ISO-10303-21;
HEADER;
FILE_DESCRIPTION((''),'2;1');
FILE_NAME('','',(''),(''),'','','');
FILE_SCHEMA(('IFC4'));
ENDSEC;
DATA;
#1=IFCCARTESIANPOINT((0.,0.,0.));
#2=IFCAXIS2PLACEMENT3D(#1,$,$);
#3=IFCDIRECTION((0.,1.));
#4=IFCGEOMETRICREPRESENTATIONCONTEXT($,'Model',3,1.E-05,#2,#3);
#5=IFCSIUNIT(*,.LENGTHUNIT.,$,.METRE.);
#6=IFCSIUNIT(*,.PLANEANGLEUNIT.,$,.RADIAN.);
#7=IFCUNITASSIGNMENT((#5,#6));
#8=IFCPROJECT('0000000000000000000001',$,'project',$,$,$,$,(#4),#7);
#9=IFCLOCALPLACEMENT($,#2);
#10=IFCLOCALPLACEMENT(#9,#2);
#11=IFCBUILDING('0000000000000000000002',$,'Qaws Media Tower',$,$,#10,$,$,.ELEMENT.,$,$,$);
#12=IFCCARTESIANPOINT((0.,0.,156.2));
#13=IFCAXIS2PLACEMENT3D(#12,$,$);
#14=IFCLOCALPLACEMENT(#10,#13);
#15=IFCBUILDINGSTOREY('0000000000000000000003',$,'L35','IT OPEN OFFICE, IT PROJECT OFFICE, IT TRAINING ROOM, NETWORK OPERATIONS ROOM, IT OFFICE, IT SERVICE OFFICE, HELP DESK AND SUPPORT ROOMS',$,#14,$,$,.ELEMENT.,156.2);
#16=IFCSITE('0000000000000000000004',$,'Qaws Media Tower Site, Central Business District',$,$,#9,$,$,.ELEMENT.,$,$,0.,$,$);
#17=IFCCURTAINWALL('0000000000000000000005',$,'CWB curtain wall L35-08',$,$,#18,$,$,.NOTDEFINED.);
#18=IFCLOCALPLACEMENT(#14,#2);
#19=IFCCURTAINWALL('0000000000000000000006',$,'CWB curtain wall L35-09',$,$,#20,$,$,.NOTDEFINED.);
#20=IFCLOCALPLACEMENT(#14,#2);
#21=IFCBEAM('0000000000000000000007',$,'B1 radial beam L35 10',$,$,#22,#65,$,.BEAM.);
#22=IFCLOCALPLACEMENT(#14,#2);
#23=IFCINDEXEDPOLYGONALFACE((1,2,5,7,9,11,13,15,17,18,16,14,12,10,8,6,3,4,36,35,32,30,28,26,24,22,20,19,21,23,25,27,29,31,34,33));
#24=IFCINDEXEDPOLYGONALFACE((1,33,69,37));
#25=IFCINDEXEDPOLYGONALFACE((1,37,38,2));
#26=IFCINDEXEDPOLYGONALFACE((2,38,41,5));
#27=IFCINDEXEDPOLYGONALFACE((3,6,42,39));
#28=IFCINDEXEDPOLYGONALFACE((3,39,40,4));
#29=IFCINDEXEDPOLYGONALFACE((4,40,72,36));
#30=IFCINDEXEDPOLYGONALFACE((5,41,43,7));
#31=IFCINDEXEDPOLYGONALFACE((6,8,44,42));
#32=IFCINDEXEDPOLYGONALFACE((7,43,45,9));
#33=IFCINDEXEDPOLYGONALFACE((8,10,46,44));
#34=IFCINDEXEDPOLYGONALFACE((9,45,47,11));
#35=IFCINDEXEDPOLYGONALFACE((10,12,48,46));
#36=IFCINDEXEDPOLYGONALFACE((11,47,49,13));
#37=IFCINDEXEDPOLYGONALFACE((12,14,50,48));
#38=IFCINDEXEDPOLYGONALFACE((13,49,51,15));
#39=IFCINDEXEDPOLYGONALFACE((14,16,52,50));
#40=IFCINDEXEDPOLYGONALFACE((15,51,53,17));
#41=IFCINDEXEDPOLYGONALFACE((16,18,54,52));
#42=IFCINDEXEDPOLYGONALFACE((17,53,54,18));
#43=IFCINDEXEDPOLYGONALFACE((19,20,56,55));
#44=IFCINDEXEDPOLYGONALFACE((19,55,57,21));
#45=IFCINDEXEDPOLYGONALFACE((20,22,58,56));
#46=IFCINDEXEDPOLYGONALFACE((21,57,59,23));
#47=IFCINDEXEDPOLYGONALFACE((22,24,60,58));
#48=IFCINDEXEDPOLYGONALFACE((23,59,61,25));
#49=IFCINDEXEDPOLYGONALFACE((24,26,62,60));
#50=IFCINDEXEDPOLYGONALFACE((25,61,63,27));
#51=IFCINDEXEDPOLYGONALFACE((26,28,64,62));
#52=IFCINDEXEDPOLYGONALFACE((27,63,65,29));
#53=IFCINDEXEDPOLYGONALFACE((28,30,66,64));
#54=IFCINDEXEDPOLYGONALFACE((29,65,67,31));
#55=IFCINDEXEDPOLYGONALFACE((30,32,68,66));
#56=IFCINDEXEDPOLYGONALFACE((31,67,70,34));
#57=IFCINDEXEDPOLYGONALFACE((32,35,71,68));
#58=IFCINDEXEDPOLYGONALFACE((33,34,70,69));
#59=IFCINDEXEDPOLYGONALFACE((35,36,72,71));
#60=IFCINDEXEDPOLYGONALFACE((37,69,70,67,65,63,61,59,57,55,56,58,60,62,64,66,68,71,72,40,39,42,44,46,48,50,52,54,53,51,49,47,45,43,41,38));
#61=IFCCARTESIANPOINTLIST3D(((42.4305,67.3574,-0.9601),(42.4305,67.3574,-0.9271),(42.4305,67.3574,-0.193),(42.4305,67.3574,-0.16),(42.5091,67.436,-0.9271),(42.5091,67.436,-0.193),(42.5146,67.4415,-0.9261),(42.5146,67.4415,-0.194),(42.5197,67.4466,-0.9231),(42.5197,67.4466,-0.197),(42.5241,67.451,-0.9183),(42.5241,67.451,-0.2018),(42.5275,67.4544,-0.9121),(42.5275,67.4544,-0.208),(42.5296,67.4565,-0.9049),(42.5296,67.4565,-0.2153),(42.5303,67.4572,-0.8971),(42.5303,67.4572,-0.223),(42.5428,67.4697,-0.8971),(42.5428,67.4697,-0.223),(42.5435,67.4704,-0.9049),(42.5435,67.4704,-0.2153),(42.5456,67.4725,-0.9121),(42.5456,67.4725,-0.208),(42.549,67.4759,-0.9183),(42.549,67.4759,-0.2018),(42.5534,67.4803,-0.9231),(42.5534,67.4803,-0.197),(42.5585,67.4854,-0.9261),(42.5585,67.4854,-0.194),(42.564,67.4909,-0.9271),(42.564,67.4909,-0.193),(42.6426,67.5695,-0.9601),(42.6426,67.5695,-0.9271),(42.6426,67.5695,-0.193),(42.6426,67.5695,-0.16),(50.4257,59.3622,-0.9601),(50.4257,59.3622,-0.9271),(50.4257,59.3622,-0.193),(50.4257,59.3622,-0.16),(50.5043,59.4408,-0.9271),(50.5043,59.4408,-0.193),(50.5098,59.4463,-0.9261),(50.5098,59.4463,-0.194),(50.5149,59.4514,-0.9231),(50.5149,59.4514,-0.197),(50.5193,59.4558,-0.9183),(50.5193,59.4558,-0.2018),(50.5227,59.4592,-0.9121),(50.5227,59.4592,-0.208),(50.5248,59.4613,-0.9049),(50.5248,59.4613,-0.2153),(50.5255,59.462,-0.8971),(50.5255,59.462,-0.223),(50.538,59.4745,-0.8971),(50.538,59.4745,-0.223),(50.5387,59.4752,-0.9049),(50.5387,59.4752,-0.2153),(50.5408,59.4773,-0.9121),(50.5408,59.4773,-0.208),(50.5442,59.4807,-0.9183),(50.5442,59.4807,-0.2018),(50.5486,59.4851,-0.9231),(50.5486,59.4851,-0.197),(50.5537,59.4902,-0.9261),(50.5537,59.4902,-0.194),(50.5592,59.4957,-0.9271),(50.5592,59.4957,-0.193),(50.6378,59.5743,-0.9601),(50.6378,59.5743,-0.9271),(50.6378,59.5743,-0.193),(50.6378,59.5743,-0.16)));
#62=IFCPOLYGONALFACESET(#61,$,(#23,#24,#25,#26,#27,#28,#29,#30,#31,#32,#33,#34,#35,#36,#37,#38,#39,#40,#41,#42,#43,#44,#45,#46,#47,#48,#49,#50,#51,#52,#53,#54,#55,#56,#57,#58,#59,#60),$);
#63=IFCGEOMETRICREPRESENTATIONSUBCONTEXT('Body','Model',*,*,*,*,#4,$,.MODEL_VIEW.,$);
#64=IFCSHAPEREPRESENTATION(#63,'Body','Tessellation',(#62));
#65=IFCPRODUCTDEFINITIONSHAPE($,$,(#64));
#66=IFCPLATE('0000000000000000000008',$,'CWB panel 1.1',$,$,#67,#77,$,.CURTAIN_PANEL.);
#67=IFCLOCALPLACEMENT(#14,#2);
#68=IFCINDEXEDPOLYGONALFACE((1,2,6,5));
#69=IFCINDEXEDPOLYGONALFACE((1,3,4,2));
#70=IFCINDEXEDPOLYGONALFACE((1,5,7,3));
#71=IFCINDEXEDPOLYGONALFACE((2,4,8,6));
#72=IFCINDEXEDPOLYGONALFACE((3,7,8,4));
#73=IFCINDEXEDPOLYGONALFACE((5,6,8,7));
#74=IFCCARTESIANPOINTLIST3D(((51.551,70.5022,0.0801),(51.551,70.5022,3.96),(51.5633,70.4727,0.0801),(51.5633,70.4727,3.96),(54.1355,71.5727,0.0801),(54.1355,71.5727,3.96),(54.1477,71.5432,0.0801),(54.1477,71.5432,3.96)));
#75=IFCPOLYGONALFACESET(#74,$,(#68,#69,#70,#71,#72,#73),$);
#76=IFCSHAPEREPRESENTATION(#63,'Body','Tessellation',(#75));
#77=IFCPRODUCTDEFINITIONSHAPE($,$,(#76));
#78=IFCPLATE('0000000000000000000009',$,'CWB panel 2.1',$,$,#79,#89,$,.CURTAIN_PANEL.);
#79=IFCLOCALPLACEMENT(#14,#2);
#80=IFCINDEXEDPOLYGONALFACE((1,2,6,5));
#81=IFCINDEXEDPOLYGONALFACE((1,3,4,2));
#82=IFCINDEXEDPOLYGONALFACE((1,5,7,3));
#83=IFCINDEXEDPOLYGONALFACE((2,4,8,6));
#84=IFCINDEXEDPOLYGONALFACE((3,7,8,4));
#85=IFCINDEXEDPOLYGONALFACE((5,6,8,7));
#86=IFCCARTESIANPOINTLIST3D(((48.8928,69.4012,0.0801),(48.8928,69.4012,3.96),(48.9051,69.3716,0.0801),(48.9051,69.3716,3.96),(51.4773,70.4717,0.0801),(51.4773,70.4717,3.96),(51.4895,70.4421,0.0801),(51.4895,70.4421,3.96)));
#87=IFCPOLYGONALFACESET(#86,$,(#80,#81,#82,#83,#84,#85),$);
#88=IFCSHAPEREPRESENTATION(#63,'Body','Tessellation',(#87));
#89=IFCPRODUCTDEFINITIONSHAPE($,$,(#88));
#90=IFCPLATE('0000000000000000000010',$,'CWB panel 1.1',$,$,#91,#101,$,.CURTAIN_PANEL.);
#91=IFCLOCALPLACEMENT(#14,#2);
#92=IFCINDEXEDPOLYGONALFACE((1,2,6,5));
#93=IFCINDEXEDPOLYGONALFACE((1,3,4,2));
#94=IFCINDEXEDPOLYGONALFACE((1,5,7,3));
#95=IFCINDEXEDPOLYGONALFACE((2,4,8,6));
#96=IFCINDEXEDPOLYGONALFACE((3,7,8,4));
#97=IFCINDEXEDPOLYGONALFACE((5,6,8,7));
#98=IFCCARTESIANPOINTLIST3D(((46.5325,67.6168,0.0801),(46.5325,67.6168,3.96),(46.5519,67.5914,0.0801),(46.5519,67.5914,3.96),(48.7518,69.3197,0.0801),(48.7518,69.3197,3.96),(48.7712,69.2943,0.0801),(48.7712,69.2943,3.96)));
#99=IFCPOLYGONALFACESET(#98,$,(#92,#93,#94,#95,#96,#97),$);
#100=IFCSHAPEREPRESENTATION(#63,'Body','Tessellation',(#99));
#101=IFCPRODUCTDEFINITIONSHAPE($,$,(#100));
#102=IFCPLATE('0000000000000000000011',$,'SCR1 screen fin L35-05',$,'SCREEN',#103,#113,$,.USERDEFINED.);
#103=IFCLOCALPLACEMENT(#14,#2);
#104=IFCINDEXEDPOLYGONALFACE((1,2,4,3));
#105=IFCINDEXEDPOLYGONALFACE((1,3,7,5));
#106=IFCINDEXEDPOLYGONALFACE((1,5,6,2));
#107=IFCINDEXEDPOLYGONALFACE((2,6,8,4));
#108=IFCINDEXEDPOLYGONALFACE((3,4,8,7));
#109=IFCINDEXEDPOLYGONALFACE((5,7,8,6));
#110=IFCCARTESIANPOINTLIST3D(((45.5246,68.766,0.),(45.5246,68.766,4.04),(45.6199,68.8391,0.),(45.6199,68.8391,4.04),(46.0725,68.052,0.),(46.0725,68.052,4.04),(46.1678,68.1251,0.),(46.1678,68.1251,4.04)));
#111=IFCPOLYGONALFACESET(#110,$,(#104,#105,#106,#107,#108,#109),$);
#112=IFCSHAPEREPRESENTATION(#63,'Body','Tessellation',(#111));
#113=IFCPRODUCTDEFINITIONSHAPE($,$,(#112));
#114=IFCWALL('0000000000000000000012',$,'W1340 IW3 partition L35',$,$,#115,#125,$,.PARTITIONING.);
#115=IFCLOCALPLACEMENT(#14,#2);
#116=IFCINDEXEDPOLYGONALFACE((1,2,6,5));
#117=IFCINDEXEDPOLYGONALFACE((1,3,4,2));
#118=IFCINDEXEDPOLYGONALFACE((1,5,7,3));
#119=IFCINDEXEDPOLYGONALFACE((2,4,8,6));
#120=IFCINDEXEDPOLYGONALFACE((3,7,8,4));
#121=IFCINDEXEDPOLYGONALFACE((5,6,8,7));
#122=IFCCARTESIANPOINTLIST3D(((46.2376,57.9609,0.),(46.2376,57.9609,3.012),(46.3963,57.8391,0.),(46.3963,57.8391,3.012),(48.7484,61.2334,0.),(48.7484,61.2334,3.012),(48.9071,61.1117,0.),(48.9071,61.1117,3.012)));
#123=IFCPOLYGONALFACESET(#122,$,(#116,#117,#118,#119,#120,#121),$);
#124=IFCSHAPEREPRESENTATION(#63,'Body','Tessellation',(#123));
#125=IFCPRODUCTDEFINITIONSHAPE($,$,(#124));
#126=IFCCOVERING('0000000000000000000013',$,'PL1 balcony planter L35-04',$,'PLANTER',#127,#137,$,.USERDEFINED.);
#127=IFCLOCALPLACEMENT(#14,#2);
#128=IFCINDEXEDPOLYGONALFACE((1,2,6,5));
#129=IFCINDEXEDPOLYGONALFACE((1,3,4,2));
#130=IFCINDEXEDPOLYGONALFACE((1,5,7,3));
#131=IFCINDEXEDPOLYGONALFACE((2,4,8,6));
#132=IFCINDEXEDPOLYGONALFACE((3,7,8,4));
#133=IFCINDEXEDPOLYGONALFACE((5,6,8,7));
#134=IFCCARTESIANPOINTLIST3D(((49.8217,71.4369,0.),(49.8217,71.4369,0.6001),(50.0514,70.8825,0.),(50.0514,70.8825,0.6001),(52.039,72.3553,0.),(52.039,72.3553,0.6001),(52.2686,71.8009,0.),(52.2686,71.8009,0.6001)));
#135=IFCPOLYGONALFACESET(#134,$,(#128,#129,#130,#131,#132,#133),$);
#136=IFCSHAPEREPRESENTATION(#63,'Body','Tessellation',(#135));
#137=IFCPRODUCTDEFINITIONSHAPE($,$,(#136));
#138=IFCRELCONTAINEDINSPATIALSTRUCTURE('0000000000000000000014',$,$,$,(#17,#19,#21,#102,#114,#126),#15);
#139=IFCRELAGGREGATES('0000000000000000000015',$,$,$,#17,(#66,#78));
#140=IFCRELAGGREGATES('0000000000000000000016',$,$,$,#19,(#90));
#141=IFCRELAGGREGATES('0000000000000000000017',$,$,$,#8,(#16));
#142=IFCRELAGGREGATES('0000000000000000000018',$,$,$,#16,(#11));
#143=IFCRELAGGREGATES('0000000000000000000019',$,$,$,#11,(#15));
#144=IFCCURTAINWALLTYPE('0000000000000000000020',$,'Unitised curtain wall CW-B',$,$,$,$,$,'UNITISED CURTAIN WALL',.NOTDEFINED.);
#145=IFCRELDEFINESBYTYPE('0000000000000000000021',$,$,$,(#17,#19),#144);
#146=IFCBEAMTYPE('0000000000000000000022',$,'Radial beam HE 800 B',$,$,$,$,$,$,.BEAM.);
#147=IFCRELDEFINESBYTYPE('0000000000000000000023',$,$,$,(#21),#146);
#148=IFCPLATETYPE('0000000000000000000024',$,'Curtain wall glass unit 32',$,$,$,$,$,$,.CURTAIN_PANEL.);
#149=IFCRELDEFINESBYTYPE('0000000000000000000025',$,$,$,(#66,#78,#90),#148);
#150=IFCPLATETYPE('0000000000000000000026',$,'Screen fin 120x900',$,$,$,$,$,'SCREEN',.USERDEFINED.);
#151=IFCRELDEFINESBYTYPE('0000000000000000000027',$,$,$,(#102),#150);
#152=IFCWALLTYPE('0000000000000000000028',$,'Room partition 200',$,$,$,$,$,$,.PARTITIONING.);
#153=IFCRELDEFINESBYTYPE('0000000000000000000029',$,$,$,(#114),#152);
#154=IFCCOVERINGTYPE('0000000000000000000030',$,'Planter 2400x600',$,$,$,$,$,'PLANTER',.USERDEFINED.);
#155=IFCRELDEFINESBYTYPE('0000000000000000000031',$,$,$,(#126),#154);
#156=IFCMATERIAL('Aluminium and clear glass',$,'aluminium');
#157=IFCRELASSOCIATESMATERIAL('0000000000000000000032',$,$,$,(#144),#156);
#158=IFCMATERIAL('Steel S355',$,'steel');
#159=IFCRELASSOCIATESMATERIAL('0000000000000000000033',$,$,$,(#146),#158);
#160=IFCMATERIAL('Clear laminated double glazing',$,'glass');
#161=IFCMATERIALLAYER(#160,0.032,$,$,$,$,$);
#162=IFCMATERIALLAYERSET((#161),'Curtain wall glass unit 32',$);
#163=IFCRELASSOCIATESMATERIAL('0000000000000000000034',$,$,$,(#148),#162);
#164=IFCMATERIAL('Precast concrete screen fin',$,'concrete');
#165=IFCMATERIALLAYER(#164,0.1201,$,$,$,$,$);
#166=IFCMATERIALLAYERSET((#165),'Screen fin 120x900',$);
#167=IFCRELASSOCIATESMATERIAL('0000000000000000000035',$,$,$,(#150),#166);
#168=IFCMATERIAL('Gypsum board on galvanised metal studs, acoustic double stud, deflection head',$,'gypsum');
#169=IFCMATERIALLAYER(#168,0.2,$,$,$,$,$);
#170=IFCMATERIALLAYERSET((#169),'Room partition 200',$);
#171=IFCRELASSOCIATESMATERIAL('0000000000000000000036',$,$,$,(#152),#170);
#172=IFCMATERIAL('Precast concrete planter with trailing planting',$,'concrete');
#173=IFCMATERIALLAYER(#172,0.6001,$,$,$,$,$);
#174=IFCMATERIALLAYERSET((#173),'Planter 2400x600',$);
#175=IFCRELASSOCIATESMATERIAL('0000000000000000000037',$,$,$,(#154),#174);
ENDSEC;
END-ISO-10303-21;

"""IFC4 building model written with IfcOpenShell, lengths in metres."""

from ifc_helpers import new_model, si_unit, direction, frame, frame_2d, origin, origin_2d, place, context, subcontext, project, spatial, rectangle, i_section, extrude, material, layer, layer_set, material_profile, profile_set, type_object, element, aggregate, save


model = new_model("IFC4")

# Units and contexts
model_context = context("Model", 3, precision=1e-05, world=origin(), true_north=direction((0.0, 1.0)))
body_context = subcontext(model_context, "Body", "Model", "MODEL_VIEW")
ifc_project = project(units=[si_unit("LENGTHUNIT", "METRE"), si_unit("PLANEANGLEUNIT", "RADIAN")], contexts=[model_context])

# Site, building, storey
site_placement = place(None, origin())
site = spatial("IfcSite", under=ifc_project, at=site_placement, Name="Qaws Media Tower Site, Central Business District", CompositionType="ELEMENT", RefElevation=0.0)
building_placement = place(site_placement, origin())
building = spatial("IfcBuilding", under=site, at=building_placement, Name="Qaws Media Tower", CompositionType="ELEMENT")
storey_placement = place(building_placement, frame((0.0, 0.0, 156.2)))
storey = spatial("IfcBuildingStorey", under=building, at=storey_placement, Name="L35", Description="IT OPEN OFFICE, IT PROJECT OFFICE, IT TRAINING ROOM, NETWORK OPERATIONS ROOM, IT OFFICE, IT SERVICE OFFICE, HELP DESK AND SUPPORT ROOMS", CompositionType="ELEMENT", Elevation=156.2)

# Curtain walls
ifc_material_1 = material(Name="Aluminium and clear glass", Category="aluminium")
curtain_wall_type = type_object("IfcCurtainWallType", Name="Unitised curtain wall CW-B", ElementType="UNITISED CURTAIN WALL", PredefinedType="NOTDEFINED", material=ifc_material_1)
curtain_wall_1_placement = place(storey_placement, origin())
curtain_wall_1 = element("IfcCurtainWall", 1, at=curtain_wall_1_placement, inside=storey, type_object=curtain_wall_type, Name="CWB curtain wall L35-08", PredefinedType="NOTDEFINED")
curtain_wall_2_placement = place(storey_placement, origin())
curtain_wall_2 = element("IfcCurtainWall", 2, at=curtain_wall_2_placement, inside=storey, type_object=curtain_wall_type, Name="CWB curtain wall L35-09", PredefinedType="NOTDEFINED")

# Beam
ifc_material_2 = material(Name="Steel S355", Category="steel")
ifc_material_profile_1 = material_profile(ifc_material_2, i_section(OverallWidth=0.3, OverallDepth=0.8, WebThickness=0.0176, FlangeThickness=0.033, FilletRadius=0.03, at=origin_2d()), Name="HE 800 B")
ifc_profile_set_1 = profile_set([ifc_material_profile_1], Name="Steel S355")
beam_type_1 = type_object("IfcBeamType", Name="Radial beam HE 800 B", PredefinedType="BEAM", material=ifc_profile_set_1)
beam_1_placement = place(storey_placement, frame((50.5317, 59.4683, -0.5601), z_axis=(-0.707107, 0.707107, 0.0), x_axis=(-0.707107, -0.707107, 0.0)))
element("IfcBeam", 3, at=beam_1_placement, inside=storey, type_object=beam_type_1, Name="B1 radial beam L35 10", PredefinedType="BEAM", context=body_context, shape_type="SweptSolid", body=[
    extrude(i_section(OverallWidth=0.3, OverallDepth=0.8, WebThickness=0.0176, FlangeThickness=0.033, FilletRadius=0.03, at=origin_2d()), origin(), (0.0, 0.0, 1.0), 11.3069),
])

# Plates
ifc_material_3 = material(Name="Clear laminated double glazing", Category="glass")
ifc_layer_1 = layer(ifc_material_3, 0.032)
ifc_layer_set_1 = layer_set([ifc_layer_1], Name="Curtain wall glass unit 32")
plate_type_1 = type_object("IfcPlateType", Name="Curtain wall glass unit 32", PredefinedType="CURTAIN_PANEL", material=ifc_layer_set_1)
plate_1_placement = place(storey_placement, frame((52.8494, 71.0227, 0.0801), z_axis=(0.0, 0.0, 1.0), x_axis=(-0.92388, -0.382683, 0.0)))
plate_1 = element("IfcPlate", 4, at=plate_1_placement, type_object=plate_type_1, Name="CWB panel 1.1", PredefinedType="CURTAIN_PANEL", context=body_context, shape_type="SweptSolid", body=[
    extrude(rectangle(XDim=2.7974, YDim=0.032, at=origin_2d()), origin(), (0.0, 0.0, 1.0), 3.8799),
])
plate_2_placement = place(storey_placement, frame((50.1912, 69.9216, 0.0801), z_axis=(0.0, 0.0, 1.0), x_axis=(-0.92388, -0.382683, 0.0)))
plate_2 = element("IfcPlate", 5, at=plate_2_placement, type_object=plate_type_1, Name="CWB panel 2.1", PredefinedType="CURTAIN_PANEL", context=body_context, shape_type="SweptSolid", body=[
    extrude(rectangle(XDim=2.7974, YDim=0.032, at=origin_2d()), origin(), (0.0, 0.0, 1.0), 3.8799),
])
aggregate(curtain_wall_1, [plate_1, plate_2])
plate_3_placement = place(storey_placement, frame((47.6519, 68.4556, 0.0801), z_axis=(0.0, 0.0, 1.0), x_axis=(-0.793353, -0.608761, 0.0)))
plate_3 = element("IfcPlate", 6, at=plate_3_placement, type_object=plate_type_1, Name="CWB panel 1.1", PredefinedType="CURTAIN_PANEL", context=body_context, shape_type="SweptSolid", body=[
    extrude(rectangle(XDim=2.7974, YDim=0.032, at=origin_2d()), origin(), (0.0, 0.0, 1.0), 3.8799),
])
aggregate(curtain_wall_2, [plate_3])
ifc_material_4 = material(Name="Precast concrete screen fin", Category="concrete")
ifc_layer_2 = layer(ifc_material_4, 0.1201)
ifc_layer_set_2 = layer_set([ifc_layer_2], Name="Screen fin 120x900")
plate_type_2 = type_object("IfcPlateType", Name="Screen fin 120x900", ElementType="SCREEN", PredefinedType="USERDEFINED", material=ifc_layer_set_2)
plate_4_placement = place(storey_placement, frame((45.8462, 68.4456, 0.0), z_axis=(0.0, 0.0, 1.0), x_axis=(-0.608761, 0.793353, 0.0)))
element("IfcPlate", 7, at=plate_4_placement, inside=storey, type_object=plate_type_2, Name="SCR1 screen fin L35-05", ObjectType="SCREEN", PredefinedType="USERDEFINED", context=body_context, shape_type="SweptSolid", body=[
    extrude(rectangle(XDim=0.8999, YDim=0.1201, at=origin_2d()), origin(), (0.0, 0.0, 1.0), 4.04),
])

# Wall
ifc_material_5 = material(Name="Gypsum board on galvanised metal studs, acoustic double stud, deflection head", Category="gypsum")
ifc_layer_3 = layer(ifc_material_5, 0.2)
ifc_layer_set_3 = layer_set([ifc_layer_3], Name="Room partition 200")
wall_type = type_object("IfcWallType", Name="Room partition 200", PredefinedType="PARTITIONING", material=ifc_layer_set_3)
wall_placement = place(storey_placement, frame((46.3169, 57.8999, 0.0), z_axis=(0.0, 0.0, 1.0), x_axis=(0.608715, 0.793389, 0.0)))
element("IfcWall", 8, at=wall_placement, inside=storey, type_object=wall_type, Name="W1340 IW3 partition L35", PredefinedType="PARTITIONING", context=body_context, shape_type="SweptSolid", body=[
    extrude(rectangle(XDim=4.1248, YDim=0.2, at=frame_2d((2.0625, 0.0))), origin(), (0.0, 0.0, 1.0), 3.012),
])

# Covering
ifc_material_6 = material(Name="Precast concrete planter with trailing planting", Category="concrete")
ifc_layer_4 = layer(ifc_material_6, 0.6001)
ifc_layer_set_4 = layer_set([ifc_layer_4], Name="Planter 2400x600")
covering_type = type_object("IfcCoveringType", Name="Planter 2400x600", ElementType="PLANTER", PredefinedType="USERDEFINED", material=ifc_layer_set_4)
covering_placement = place(storey_placement, frame((51.0452, 71.6189, 0.0), z_axis=(0.0, 0.0, 1.0), x_axis=(-0.92388, -0.382683, 0.0)))
element("IfcCovering", 9, at=covering_placement, inside=storey, type_object=covering_type, Name="PL1 balcony planter L35-04", ObjectType="PLANTER", PredefinedType="USERDEFINED", context=body_context, shape_type="SweptSolid", body=[
    extrude(rectangle(XDim=2.3999, YDim=0.6001, at=origin_2d()), origin(), (0.0, 0.0, 1.0), 0.6001),
])

save(model, "model.ifc")
